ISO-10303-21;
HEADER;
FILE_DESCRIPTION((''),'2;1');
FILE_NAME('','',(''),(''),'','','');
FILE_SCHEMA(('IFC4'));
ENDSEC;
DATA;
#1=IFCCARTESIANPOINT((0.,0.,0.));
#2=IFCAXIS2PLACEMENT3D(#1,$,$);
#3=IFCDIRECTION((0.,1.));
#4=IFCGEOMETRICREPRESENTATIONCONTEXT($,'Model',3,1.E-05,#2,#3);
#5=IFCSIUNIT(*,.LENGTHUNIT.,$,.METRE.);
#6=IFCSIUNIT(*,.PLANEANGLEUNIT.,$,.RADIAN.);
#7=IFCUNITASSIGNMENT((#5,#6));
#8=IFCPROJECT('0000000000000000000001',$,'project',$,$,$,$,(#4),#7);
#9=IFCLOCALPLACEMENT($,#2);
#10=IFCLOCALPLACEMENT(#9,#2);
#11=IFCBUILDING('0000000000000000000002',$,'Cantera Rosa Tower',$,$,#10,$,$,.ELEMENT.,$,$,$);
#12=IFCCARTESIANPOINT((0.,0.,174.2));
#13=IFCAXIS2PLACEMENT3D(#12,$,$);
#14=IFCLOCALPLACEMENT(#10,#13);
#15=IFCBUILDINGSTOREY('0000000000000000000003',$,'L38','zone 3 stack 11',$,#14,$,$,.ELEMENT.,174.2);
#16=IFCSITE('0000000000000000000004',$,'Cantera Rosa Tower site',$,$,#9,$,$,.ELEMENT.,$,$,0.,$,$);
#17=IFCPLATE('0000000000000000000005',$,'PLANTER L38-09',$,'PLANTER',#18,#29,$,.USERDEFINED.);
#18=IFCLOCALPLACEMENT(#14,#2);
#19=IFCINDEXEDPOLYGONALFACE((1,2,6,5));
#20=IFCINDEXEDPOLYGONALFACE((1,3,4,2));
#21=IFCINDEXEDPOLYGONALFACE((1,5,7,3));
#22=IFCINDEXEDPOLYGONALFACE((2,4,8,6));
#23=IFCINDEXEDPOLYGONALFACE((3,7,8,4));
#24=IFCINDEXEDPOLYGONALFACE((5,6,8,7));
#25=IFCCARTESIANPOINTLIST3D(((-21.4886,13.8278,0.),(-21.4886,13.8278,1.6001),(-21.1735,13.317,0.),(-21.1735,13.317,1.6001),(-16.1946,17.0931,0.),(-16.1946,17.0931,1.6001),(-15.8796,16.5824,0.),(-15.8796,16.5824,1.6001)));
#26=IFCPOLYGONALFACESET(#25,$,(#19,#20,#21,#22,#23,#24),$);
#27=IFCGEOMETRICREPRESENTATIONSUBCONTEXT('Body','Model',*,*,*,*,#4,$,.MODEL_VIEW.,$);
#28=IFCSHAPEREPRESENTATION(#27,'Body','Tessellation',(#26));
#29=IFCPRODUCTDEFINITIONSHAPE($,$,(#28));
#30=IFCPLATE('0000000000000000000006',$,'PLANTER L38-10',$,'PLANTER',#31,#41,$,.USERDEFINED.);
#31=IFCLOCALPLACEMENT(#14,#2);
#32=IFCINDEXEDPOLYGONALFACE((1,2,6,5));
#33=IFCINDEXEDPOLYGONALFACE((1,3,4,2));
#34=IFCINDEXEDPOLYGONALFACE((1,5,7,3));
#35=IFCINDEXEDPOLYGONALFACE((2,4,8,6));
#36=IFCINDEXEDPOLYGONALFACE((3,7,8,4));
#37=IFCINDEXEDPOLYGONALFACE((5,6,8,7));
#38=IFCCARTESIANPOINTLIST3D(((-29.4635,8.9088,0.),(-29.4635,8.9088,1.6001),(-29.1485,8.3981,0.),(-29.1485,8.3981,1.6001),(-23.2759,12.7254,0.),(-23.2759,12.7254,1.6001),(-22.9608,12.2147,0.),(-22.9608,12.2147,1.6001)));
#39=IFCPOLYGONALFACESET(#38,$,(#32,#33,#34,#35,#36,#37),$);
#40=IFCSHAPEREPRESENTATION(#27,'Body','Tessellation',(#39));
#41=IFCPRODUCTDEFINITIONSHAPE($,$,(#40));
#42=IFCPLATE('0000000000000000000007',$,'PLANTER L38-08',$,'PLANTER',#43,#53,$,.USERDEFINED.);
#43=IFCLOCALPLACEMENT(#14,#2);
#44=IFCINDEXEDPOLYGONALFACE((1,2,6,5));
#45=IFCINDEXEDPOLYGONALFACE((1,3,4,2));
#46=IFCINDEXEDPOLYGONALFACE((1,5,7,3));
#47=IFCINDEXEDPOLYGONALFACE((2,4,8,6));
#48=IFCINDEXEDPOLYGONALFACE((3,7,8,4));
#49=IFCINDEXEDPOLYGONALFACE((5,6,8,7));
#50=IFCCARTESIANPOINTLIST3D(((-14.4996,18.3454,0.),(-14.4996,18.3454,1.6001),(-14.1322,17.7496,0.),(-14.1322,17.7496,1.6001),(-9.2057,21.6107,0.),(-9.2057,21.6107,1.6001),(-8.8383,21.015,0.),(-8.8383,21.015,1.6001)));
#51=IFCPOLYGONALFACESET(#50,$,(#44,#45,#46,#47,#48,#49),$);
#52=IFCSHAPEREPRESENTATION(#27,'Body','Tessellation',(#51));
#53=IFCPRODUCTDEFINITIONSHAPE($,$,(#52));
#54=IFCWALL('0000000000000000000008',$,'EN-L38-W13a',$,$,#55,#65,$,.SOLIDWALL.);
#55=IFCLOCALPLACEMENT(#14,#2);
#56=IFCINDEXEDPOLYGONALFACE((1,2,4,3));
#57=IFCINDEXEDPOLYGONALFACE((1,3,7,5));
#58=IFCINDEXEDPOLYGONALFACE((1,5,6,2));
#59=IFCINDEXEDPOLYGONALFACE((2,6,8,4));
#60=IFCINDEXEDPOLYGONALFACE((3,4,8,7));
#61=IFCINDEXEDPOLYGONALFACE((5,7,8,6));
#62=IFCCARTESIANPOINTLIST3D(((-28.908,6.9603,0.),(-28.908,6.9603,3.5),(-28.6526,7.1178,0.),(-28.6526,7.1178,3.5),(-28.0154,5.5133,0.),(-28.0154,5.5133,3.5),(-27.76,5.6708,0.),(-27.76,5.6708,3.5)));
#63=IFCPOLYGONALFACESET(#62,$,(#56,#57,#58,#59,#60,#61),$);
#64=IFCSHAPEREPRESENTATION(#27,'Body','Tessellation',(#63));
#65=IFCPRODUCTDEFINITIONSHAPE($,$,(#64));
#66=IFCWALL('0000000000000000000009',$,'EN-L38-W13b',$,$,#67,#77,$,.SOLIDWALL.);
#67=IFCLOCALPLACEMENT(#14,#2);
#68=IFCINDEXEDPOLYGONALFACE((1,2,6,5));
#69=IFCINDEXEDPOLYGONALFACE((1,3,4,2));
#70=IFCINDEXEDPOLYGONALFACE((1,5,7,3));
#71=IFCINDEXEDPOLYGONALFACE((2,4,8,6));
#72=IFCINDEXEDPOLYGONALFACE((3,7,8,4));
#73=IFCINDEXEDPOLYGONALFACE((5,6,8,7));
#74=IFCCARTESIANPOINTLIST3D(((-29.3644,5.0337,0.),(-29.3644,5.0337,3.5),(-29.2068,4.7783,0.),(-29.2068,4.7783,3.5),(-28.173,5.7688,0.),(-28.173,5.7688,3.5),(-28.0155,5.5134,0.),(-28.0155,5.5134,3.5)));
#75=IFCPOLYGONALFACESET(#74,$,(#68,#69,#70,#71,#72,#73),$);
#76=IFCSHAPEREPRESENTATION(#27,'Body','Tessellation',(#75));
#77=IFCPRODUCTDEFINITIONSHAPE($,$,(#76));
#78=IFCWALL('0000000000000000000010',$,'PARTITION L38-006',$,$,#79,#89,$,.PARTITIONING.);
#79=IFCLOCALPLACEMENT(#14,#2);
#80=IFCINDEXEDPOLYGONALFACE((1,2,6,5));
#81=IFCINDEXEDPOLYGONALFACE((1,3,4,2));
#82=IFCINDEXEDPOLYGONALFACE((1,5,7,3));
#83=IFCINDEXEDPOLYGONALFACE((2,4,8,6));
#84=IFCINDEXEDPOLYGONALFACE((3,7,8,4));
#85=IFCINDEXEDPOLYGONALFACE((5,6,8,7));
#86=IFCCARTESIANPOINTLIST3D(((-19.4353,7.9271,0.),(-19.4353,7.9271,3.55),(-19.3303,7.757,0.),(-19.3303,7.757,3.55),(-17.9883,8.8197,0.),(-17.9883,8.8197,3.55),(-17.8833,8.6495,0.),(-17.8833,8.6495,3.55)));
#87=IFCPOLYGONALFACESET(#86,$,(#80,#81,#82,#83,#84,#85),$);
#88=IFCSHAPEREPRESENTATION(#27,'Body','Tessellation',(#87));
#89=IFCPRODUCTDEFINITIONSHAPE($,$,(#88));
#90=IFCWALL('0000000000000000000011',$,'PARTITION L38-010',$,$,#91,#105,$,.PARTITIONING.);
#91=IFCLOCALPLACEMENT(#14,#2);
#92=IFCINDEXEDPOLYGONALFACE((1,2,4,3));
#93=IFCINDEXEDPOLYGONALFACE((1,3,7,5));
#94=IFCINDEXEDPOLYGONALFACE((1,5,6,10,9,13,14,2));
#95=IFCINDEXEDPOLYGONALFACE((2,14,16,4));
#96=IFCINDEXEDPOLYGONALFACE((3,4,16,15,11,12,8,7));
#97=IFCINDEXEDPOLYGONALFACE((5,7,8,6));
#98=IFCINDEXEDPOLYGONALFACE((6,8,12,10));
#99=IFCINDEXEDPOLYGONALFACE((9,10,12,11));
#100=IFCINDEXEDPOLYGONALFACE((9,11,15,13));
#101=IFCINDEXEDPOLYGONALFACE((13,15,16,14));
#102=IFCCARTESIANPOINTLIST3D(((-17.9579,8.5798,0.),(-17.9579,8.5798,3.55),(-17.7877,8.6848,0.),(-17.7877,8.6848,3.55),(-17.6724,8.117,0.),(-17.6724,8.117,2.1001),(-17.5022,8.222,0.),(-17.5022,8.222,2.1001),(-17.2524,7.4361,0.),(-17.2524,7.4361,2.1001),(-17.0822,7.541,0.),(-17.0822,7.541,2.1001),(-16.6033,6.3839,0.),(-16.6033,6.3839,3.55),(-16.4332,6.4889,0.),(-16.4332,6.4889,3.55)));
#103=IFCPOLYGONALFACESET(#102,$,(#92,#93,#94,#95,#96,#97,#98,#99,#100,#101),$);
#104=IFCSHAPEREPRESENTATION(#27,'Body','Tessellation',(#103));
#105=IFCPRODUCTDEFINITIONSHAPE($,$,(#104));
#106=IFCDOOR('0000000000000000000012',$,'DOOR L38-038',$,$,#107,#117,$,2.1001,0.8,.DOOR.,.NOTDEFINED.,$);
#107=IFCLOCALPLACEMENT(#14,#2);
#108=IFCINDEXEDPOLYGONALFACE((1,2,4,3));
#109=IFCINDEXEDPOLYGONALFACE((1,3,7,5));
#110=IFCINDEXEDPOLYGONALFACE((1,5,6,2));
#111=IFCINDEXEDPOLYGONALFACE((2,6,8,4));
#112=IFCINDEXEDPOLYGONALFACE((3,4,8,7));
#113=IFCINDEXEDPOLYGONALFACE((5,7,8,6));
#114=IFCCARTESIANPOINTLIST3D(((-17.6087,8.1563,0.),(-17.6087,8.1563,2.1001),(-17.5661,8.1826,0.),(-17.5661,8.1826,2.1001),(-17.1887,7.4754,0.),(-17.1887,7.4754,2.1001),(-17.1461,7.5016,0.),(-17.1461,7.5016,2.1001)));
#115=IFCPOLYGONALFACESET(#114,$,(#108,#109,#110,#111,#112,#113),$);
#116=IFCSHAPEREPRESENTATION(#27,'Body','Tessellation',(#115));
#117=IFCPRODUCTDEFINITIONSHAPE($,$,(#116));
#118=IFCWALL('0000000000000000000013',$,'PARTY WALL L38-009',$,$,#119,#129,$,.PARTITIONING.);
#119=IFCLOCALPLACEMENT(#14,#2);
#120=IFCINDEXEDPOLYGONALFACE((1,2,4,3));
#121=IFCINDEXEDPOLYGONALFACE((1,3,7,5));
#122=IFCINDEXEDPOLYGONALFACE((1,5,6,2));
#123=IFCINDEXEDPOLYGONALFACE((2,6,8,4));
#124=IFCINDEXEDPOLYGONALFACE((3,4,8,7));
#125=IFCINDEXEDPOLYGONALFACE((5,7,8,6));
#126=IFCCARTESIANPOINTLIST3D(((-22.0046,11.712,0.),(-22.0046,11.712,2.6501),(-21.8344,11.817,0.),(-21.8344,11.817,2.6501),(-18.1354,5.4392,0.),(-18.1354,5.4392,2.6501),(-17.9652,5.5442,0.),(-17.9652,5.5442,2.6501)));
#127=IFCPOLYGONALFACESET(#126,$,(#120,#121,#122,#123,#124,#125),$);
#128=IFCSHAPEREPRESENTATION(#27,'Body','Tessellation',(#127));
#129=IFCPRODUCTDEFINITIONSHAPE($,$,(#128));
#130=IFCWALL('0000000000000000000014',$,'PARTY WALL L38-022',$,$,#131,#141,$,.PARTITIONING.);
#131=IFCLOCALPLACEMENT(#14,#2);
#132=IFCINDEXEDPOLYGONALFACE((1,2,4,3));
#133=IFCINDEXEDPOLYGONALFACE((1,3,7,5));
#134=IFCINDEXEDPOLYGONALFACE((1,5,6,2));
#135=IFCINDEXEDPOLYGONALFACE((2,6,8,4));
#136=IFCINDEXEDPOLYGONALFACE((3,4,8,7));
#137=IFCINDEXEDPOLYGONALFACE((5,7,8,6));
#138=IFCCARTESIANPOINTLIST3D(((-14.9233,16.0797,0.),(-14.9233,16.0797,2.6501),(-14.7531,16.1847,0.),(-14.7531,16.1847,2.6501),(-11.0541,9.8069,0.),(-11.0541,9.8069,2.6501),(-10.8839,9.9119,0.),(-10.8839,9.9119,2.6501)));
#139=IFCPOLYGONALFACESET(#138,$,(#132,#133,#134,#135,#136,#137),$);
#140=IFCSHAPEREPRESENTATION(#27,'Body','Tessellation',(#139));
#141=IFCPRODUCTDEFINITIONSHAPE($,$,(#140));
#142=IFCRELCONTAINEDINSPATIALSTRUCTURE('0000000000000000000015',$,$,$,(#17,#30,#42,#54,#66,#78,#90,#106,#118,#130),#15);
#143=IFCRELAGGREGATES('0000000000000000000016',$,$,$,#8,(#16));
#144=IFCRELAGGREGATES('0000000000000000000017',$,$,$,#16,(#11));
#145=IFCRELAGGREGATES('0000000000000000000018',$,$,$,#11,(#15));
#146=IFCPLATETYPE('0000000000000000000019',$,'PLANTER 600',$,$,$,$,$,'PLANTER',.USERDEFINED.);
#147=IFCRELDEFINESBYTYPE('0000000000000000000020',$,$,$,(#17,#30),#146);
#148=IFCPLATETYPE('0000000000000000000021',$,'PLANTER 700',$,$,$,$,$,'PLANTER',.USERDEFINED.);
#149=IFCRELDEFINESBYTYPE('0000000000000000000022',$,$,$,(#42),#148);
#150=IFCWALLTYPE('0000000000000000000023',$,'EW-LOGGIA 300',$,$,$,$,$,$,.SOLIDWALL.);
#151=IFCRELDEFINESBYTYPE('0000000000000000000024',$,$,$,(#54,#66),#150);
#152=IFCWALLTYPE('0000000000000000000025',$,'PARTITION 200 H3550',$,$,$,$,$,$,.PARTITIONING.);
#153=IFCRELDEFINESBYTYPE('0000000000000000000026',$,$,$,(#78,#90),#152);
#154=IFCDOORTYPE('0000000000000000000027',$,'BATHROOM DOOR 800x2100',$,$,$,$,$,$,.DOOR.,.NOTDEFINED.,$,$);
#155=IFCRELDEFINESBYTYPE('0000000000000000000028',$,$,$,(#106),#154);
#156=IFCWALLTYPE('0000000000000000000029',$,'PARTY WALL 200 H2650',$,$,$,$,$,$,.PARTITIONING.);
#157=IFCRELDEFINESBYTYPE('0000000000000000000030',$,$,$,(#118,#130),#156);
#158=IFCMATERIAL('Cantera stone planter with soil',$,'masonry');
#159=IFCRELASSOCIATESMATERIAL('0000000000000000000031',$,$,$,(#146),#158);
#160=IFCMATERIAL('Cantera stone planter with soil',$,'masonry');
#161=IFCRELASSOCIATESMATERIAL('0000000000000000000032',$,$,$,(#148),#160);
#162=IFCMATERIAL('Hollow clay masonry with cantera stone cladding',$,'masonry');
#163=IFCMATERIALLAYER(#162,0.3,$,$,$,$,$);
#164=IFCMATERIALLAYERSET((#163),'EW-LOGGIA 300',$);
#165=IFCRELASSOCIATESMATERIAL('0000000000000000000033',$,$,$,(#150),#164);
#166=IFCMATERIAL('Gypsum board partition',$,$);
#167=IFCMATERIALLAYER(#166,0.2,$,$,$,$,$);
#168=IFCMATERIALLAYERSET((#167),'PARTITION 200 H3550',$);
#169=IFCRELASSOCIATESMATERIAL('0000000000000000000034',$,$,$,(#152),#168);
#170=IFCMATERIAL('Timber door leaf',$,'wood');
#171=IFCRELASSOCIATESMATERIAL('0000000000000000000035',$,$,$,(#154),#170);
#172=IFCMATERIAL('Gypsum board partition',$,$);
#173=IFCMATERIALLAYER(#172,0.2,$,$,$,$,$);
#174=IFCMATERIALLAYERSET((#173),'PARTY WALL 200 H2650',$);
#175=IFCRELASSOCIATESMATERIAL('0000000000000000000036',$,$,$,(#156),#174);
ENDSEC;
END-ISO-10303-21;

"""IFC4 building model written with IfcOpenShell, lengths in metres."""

from ifc_helpers import new_model, si_unit, direction, frame, frame_2d, origin, origin_2d, place, context, subcontext, project, spatial, rectangle, extrude, material, layer, layer_set, type_object, element, fill, save


model = new_model("IFC4")

# Units and contexts
model_context = context("Model", 3, precision=1e-05, world=origin(), true_north=direction((0.0, 1.0)))
body_context = subcontext(model_context, "Body", "Model", "MODEL_VIEW")
ifc_project = project(units=[si_unit("LENGTHUNIT", "METRE"), si_unit("PLANEANGLEUNIT", "RADIAN")], contexts=[model_context])

# Site, building, storey
site_placement = place(None, origin())
site = spatial("IfcSite", under=ifc_project, at=site_placement, Name="Cantera Rosa Tower site", CompositionType="ELEMENT", RefElevation=0.0)
building_placement = place(site_placement, origin())
building = spatial("IfcBuilding", under=site, at=building_placement, Name="Cantera Rosa Tower", CompositionType="ELEMENT")
storey_placement = place(building_placement, frame((0.0, 0.0, 174.2)))
storey = spatial("IfcBuildingStorey", under=building, at=storey_placement, Name="L38", Description="zone 3 stack 11", CompositionType="ELEMENT", Elevation=174.2)

# Plates
ifc_material_1 = material(Name="Cantera stone planter with soil", Category="masonry")
plate_type_1 = type_object("IfcPlateType", Name="PLANTER 600", ElementType="PLANTER", PredefinedType="USERDEFINED", material=ifc_material_1)
plate_1_placement = place(storey_placement, frame((-18.6841, 15.2051, 0.0), z_axis=(0.0, 0.0, 1.0), x_axis=(-0.851117, -0.524977, 0.0)))
element("IfcPlate", 1, at=plate_1_placement, inside=storey, type_object=plate_type_1, Name="PLANTER L38-09", ObjectType="PLANTER", PredefinedType="USERDEFINED", context=body_context, shape_type="SweptSolid", body=[
    extrude(rectangle(XDim=6.22, YDim=0.6001, at=origin_2d()), origin(), (0.0, 0.0, 1.0), 1.6001),
])
plate_2_placement = place(storey_placement, frame((-26.2122, 10.5618, 0.0), z_axis=(0.0, 0.0, 1.0), x_axis=(-0.851117, -0.524977, 0.0)))
element("IfcPlate", 2, at=plate_2_placement, inside=storey, type_object=plate_type_1, Name="PLANTER L38-10", ObjectType="PLANTER", PredefinedType="USERDEFINED", context=body_context, shape_type="SweptSolid", body=[
    extrude(rectangle(XDim=7.27, YDim=0.6001, at=origin_2d()), origin(), (0.0, 0.0, 1.0), 1.6001),
])
ifc_material_2 = material(Name="Cantera stone planter with soil", Category="masonry")
plate_type_2 = type_object("IfcPlateType", Name="PLANTER 700", ElementType="PLANTER", PredefinedType="USERDEFINED", material=ifc_material_2)
plate_3_placement = place(storey_placement, frame((-11.6689, 19.6802, 0.0), z_axis=(0.0, 0.0, 1.0), x_axis=(-0.851117, -0.524977, 0.0)))
element("IfcPlate", 3, at=plate_3_placement, inside=storey, type_object=plate_type_2, Name="PLANTER L38-08", ObjectType="PLANTER", PredefinedType="USERDEFINED", context=body_context, shape_type="SweptSolid", body=[
    extrude(rectangle(XDim=6.22, YDim=0.7, at=origin_2d()), origin(), (0.0, 0.0, 1.0), 1.6001),
])

# Walls
ifc_material_3 = material(Name="Hollow clay masonry with cantera stone cladding", Category="masonry")
ifc_layer_1 = layer(ifc_material_3, 0.3)
ifc_layer_set_1 = layer_set([ifc_layer_1], Name="EW-LOGGIA 300")
wall_type_1 = type_object("IfcWallType", Name="EW-LOGGIA 300", PredefinedType="SOLIDWALL", material=ifc_layer_set_1)
wall_1_placement = place(storey_placement, frame((-28.7803, 7.0391, 0.0), z_axis=(0.0, 0.0, 1.0), x_axis=(0.524994, -0.851106, 0.0)))
element("IfcWall", 4, at=wall_1_placement, inside=storey, type_object=wall_type_1, Name="EN-L38-W13a", PredefinedType="SOLIDWALL", context=body_context, shape_type="SweptSolid", body=[
    extrude(rectangle(XDim=1.7002, YDim=0.3, at=frame_2d((0.8501, 0.0))), origin(), (0.0, 0.0, 1.0), 3.5),
])
wall_2_placement = place(storey_placement, frame((-28.0942, 5.6411, 0.0), z_axis=(0.0, 0.0, 1.0), x_axis=(-0.851041, -0.525099, 0.0)))
element("IfcWall", 5, at=wall_2_placement, inside=storey, type_object=wall_type_1, Name="EN-L38-W13b", PredefinedType="SOLIDWALL", context=body_context, shape_type="SweptSolid", body=[
    extrude(rectangle(XDim=1.3999, YDim=0.3, at=frame_2d((0.7, 0.0))), origin(), (0.0, 0.0, 1.0), 3.5),
])

# Wall
ifc_material_4 = material(Name="Gypsum board partition")
ifc_layer_2 = layer(ifc_material_4, 0.2)
ifc_layer_set_2 = layer_set([ifc_layer_2], Name="PARTITION 200 H3550")
wall_type_2 = type_object("IfcWallType", Name="PARTITION 200 H3550", PredefinedType="PARTITIONING", material=ifc_layer_set_2)
wall_3_placement = place(storey_placement, frame((-19.3828, 7.842, 0.0), z_axis=(0.0, 0.0, 1.0), x_axis=(0.851106, 0.524994, 0.0)))
element("IfcWall", 6, at=wall_3_placement, inside=storey, type_object=wall_type_2, Name="PARTITION L38-006", PredefinedType="PARTITIONING", context=body_context, shape_type="SweptSolid", body=[
    extrude(rectangle(XDim=1.7002, YDim=0.2, at=frame_2d((0.8501, 0.0))), origin(), (0.0, 0.0, 1.0), 3.55),
])

# Wall, opening, door
wall_4_placement = place(storey_placement, frame((-17.8728, 8.6323, 0.0), z_axis=(0.0, 0.0, 1.0), x_axis=(0.525005, -0.851099, 0.0)))
wall_4 = element("IfcWall", 7, at=wall_4_placement, inside=storey, type_object=wall_type_2, Name="PARTITION L38-010", PredefinedType="PARTITIONING", context=body_context, shape_type="SweptSolid", body=[
    extrude(rectangle(XDim=2.5801, YDim=0.2, at=frame_2d((1.29, 0.0))), origin(), (0.0, 0.0, 1.0), 3.55),
])
opening_1_placement = place(wall_4_placement, frame((0.5439, 0.0, 0.0)))
opening_1 = element("IfcOpeningElement", 8, at=opening_1_placement, cuts=wall_4, PredefinedType="OPENING", context=body_context, shape_type="SweptSolid", body=[
    extrude(rectangle(XDim=0.8, YDim=2.1001, at=frame_2d((0.3999, 1.05))), frame((0.0, 0.1099, 0.0), z_axis=(0.0, -1.0, 0.0), x_axis=(1.0, 0.0, 0.0)), (0.0, 0.0, 1.0), 0.22),
])
ifc_material_5 = material(Name="Timber door leaf", Category="wood")
door_type_1 = type_object("IfcDoorType", Name="BATHROOM DOOR 800x2100", OperationType="NOTDEFINED", PredefinedType="DOOR", material=ifc_material_5)
door_1_placement = place(opening_1_placement, origin())
door_1 = element("IfcDoor", 9, at=door_1_placement, inside=storey, type_object=door_type_1, Name="DOOR L38-038", OperationType="NOTDEFINED", OverallHeight=2.1001, OverallWidth=0.8, PredefinedType="DOOR", context=body_context, shape_type="SweptSolid", body=[
    extrude(rectangle(XDim=0.8, YDim=2.1001, at=frame_2d((0.3999, 1.05))), frame((0.0, 0.0249, 0.0), z_axis=(0.0, -1.0, 0.0), x_axis=(1.0, 0.0, 0.0)), (0.0, 0.0, 1.0), 0.05),
])
fill(opening_1, door_1)

# Walls
ifc_material_6 = material(Name="Gypsum board partition")
ifc_layer_3 = layer(ifc_material_6, 0.2)
ifc_layer_set_3 = layer_set([ifc_layer_3], Name="PARTY WALL 200 H2650")
wall_type_3 = type_object("IfcWallType", Name="PARTY WALL 200 H2650", PredefinedType="PARTITIONING", material=ifc_layer_set_3)
for number, where, z_axis, x_axis, name in (
    (10, (-18.0503, 5.4917, 0.0), (0.0, 0.0, 1.0), (-0.524984, 0.851112, 0.0), "PARTY WALL L38-009"),
    (11, (-10.969, 9.8594, 0.0), (0.0, 0.0, 1.0), (-0.524984, 0.851112, 0.0), "PARTY WALL L38-022"),
):
    element("IfcWall", number, at=place(storey_placement, frame(where, z_axis=z_axis, x_axis=x_axis)), inside=storey, type_object=wall_type_3, Name=name, PredefinedType="PARTITIONING", context=body_context, shape_type="SweptSolid", body=[
        extrude(rectangle(XDim=7.3701, YDim=0.2, at=frame_2d((3.6851, 0.0))), origin(), (0.0, 0.0, 1.0), 2.6501),
    ])

save(model, "model.ifc")
